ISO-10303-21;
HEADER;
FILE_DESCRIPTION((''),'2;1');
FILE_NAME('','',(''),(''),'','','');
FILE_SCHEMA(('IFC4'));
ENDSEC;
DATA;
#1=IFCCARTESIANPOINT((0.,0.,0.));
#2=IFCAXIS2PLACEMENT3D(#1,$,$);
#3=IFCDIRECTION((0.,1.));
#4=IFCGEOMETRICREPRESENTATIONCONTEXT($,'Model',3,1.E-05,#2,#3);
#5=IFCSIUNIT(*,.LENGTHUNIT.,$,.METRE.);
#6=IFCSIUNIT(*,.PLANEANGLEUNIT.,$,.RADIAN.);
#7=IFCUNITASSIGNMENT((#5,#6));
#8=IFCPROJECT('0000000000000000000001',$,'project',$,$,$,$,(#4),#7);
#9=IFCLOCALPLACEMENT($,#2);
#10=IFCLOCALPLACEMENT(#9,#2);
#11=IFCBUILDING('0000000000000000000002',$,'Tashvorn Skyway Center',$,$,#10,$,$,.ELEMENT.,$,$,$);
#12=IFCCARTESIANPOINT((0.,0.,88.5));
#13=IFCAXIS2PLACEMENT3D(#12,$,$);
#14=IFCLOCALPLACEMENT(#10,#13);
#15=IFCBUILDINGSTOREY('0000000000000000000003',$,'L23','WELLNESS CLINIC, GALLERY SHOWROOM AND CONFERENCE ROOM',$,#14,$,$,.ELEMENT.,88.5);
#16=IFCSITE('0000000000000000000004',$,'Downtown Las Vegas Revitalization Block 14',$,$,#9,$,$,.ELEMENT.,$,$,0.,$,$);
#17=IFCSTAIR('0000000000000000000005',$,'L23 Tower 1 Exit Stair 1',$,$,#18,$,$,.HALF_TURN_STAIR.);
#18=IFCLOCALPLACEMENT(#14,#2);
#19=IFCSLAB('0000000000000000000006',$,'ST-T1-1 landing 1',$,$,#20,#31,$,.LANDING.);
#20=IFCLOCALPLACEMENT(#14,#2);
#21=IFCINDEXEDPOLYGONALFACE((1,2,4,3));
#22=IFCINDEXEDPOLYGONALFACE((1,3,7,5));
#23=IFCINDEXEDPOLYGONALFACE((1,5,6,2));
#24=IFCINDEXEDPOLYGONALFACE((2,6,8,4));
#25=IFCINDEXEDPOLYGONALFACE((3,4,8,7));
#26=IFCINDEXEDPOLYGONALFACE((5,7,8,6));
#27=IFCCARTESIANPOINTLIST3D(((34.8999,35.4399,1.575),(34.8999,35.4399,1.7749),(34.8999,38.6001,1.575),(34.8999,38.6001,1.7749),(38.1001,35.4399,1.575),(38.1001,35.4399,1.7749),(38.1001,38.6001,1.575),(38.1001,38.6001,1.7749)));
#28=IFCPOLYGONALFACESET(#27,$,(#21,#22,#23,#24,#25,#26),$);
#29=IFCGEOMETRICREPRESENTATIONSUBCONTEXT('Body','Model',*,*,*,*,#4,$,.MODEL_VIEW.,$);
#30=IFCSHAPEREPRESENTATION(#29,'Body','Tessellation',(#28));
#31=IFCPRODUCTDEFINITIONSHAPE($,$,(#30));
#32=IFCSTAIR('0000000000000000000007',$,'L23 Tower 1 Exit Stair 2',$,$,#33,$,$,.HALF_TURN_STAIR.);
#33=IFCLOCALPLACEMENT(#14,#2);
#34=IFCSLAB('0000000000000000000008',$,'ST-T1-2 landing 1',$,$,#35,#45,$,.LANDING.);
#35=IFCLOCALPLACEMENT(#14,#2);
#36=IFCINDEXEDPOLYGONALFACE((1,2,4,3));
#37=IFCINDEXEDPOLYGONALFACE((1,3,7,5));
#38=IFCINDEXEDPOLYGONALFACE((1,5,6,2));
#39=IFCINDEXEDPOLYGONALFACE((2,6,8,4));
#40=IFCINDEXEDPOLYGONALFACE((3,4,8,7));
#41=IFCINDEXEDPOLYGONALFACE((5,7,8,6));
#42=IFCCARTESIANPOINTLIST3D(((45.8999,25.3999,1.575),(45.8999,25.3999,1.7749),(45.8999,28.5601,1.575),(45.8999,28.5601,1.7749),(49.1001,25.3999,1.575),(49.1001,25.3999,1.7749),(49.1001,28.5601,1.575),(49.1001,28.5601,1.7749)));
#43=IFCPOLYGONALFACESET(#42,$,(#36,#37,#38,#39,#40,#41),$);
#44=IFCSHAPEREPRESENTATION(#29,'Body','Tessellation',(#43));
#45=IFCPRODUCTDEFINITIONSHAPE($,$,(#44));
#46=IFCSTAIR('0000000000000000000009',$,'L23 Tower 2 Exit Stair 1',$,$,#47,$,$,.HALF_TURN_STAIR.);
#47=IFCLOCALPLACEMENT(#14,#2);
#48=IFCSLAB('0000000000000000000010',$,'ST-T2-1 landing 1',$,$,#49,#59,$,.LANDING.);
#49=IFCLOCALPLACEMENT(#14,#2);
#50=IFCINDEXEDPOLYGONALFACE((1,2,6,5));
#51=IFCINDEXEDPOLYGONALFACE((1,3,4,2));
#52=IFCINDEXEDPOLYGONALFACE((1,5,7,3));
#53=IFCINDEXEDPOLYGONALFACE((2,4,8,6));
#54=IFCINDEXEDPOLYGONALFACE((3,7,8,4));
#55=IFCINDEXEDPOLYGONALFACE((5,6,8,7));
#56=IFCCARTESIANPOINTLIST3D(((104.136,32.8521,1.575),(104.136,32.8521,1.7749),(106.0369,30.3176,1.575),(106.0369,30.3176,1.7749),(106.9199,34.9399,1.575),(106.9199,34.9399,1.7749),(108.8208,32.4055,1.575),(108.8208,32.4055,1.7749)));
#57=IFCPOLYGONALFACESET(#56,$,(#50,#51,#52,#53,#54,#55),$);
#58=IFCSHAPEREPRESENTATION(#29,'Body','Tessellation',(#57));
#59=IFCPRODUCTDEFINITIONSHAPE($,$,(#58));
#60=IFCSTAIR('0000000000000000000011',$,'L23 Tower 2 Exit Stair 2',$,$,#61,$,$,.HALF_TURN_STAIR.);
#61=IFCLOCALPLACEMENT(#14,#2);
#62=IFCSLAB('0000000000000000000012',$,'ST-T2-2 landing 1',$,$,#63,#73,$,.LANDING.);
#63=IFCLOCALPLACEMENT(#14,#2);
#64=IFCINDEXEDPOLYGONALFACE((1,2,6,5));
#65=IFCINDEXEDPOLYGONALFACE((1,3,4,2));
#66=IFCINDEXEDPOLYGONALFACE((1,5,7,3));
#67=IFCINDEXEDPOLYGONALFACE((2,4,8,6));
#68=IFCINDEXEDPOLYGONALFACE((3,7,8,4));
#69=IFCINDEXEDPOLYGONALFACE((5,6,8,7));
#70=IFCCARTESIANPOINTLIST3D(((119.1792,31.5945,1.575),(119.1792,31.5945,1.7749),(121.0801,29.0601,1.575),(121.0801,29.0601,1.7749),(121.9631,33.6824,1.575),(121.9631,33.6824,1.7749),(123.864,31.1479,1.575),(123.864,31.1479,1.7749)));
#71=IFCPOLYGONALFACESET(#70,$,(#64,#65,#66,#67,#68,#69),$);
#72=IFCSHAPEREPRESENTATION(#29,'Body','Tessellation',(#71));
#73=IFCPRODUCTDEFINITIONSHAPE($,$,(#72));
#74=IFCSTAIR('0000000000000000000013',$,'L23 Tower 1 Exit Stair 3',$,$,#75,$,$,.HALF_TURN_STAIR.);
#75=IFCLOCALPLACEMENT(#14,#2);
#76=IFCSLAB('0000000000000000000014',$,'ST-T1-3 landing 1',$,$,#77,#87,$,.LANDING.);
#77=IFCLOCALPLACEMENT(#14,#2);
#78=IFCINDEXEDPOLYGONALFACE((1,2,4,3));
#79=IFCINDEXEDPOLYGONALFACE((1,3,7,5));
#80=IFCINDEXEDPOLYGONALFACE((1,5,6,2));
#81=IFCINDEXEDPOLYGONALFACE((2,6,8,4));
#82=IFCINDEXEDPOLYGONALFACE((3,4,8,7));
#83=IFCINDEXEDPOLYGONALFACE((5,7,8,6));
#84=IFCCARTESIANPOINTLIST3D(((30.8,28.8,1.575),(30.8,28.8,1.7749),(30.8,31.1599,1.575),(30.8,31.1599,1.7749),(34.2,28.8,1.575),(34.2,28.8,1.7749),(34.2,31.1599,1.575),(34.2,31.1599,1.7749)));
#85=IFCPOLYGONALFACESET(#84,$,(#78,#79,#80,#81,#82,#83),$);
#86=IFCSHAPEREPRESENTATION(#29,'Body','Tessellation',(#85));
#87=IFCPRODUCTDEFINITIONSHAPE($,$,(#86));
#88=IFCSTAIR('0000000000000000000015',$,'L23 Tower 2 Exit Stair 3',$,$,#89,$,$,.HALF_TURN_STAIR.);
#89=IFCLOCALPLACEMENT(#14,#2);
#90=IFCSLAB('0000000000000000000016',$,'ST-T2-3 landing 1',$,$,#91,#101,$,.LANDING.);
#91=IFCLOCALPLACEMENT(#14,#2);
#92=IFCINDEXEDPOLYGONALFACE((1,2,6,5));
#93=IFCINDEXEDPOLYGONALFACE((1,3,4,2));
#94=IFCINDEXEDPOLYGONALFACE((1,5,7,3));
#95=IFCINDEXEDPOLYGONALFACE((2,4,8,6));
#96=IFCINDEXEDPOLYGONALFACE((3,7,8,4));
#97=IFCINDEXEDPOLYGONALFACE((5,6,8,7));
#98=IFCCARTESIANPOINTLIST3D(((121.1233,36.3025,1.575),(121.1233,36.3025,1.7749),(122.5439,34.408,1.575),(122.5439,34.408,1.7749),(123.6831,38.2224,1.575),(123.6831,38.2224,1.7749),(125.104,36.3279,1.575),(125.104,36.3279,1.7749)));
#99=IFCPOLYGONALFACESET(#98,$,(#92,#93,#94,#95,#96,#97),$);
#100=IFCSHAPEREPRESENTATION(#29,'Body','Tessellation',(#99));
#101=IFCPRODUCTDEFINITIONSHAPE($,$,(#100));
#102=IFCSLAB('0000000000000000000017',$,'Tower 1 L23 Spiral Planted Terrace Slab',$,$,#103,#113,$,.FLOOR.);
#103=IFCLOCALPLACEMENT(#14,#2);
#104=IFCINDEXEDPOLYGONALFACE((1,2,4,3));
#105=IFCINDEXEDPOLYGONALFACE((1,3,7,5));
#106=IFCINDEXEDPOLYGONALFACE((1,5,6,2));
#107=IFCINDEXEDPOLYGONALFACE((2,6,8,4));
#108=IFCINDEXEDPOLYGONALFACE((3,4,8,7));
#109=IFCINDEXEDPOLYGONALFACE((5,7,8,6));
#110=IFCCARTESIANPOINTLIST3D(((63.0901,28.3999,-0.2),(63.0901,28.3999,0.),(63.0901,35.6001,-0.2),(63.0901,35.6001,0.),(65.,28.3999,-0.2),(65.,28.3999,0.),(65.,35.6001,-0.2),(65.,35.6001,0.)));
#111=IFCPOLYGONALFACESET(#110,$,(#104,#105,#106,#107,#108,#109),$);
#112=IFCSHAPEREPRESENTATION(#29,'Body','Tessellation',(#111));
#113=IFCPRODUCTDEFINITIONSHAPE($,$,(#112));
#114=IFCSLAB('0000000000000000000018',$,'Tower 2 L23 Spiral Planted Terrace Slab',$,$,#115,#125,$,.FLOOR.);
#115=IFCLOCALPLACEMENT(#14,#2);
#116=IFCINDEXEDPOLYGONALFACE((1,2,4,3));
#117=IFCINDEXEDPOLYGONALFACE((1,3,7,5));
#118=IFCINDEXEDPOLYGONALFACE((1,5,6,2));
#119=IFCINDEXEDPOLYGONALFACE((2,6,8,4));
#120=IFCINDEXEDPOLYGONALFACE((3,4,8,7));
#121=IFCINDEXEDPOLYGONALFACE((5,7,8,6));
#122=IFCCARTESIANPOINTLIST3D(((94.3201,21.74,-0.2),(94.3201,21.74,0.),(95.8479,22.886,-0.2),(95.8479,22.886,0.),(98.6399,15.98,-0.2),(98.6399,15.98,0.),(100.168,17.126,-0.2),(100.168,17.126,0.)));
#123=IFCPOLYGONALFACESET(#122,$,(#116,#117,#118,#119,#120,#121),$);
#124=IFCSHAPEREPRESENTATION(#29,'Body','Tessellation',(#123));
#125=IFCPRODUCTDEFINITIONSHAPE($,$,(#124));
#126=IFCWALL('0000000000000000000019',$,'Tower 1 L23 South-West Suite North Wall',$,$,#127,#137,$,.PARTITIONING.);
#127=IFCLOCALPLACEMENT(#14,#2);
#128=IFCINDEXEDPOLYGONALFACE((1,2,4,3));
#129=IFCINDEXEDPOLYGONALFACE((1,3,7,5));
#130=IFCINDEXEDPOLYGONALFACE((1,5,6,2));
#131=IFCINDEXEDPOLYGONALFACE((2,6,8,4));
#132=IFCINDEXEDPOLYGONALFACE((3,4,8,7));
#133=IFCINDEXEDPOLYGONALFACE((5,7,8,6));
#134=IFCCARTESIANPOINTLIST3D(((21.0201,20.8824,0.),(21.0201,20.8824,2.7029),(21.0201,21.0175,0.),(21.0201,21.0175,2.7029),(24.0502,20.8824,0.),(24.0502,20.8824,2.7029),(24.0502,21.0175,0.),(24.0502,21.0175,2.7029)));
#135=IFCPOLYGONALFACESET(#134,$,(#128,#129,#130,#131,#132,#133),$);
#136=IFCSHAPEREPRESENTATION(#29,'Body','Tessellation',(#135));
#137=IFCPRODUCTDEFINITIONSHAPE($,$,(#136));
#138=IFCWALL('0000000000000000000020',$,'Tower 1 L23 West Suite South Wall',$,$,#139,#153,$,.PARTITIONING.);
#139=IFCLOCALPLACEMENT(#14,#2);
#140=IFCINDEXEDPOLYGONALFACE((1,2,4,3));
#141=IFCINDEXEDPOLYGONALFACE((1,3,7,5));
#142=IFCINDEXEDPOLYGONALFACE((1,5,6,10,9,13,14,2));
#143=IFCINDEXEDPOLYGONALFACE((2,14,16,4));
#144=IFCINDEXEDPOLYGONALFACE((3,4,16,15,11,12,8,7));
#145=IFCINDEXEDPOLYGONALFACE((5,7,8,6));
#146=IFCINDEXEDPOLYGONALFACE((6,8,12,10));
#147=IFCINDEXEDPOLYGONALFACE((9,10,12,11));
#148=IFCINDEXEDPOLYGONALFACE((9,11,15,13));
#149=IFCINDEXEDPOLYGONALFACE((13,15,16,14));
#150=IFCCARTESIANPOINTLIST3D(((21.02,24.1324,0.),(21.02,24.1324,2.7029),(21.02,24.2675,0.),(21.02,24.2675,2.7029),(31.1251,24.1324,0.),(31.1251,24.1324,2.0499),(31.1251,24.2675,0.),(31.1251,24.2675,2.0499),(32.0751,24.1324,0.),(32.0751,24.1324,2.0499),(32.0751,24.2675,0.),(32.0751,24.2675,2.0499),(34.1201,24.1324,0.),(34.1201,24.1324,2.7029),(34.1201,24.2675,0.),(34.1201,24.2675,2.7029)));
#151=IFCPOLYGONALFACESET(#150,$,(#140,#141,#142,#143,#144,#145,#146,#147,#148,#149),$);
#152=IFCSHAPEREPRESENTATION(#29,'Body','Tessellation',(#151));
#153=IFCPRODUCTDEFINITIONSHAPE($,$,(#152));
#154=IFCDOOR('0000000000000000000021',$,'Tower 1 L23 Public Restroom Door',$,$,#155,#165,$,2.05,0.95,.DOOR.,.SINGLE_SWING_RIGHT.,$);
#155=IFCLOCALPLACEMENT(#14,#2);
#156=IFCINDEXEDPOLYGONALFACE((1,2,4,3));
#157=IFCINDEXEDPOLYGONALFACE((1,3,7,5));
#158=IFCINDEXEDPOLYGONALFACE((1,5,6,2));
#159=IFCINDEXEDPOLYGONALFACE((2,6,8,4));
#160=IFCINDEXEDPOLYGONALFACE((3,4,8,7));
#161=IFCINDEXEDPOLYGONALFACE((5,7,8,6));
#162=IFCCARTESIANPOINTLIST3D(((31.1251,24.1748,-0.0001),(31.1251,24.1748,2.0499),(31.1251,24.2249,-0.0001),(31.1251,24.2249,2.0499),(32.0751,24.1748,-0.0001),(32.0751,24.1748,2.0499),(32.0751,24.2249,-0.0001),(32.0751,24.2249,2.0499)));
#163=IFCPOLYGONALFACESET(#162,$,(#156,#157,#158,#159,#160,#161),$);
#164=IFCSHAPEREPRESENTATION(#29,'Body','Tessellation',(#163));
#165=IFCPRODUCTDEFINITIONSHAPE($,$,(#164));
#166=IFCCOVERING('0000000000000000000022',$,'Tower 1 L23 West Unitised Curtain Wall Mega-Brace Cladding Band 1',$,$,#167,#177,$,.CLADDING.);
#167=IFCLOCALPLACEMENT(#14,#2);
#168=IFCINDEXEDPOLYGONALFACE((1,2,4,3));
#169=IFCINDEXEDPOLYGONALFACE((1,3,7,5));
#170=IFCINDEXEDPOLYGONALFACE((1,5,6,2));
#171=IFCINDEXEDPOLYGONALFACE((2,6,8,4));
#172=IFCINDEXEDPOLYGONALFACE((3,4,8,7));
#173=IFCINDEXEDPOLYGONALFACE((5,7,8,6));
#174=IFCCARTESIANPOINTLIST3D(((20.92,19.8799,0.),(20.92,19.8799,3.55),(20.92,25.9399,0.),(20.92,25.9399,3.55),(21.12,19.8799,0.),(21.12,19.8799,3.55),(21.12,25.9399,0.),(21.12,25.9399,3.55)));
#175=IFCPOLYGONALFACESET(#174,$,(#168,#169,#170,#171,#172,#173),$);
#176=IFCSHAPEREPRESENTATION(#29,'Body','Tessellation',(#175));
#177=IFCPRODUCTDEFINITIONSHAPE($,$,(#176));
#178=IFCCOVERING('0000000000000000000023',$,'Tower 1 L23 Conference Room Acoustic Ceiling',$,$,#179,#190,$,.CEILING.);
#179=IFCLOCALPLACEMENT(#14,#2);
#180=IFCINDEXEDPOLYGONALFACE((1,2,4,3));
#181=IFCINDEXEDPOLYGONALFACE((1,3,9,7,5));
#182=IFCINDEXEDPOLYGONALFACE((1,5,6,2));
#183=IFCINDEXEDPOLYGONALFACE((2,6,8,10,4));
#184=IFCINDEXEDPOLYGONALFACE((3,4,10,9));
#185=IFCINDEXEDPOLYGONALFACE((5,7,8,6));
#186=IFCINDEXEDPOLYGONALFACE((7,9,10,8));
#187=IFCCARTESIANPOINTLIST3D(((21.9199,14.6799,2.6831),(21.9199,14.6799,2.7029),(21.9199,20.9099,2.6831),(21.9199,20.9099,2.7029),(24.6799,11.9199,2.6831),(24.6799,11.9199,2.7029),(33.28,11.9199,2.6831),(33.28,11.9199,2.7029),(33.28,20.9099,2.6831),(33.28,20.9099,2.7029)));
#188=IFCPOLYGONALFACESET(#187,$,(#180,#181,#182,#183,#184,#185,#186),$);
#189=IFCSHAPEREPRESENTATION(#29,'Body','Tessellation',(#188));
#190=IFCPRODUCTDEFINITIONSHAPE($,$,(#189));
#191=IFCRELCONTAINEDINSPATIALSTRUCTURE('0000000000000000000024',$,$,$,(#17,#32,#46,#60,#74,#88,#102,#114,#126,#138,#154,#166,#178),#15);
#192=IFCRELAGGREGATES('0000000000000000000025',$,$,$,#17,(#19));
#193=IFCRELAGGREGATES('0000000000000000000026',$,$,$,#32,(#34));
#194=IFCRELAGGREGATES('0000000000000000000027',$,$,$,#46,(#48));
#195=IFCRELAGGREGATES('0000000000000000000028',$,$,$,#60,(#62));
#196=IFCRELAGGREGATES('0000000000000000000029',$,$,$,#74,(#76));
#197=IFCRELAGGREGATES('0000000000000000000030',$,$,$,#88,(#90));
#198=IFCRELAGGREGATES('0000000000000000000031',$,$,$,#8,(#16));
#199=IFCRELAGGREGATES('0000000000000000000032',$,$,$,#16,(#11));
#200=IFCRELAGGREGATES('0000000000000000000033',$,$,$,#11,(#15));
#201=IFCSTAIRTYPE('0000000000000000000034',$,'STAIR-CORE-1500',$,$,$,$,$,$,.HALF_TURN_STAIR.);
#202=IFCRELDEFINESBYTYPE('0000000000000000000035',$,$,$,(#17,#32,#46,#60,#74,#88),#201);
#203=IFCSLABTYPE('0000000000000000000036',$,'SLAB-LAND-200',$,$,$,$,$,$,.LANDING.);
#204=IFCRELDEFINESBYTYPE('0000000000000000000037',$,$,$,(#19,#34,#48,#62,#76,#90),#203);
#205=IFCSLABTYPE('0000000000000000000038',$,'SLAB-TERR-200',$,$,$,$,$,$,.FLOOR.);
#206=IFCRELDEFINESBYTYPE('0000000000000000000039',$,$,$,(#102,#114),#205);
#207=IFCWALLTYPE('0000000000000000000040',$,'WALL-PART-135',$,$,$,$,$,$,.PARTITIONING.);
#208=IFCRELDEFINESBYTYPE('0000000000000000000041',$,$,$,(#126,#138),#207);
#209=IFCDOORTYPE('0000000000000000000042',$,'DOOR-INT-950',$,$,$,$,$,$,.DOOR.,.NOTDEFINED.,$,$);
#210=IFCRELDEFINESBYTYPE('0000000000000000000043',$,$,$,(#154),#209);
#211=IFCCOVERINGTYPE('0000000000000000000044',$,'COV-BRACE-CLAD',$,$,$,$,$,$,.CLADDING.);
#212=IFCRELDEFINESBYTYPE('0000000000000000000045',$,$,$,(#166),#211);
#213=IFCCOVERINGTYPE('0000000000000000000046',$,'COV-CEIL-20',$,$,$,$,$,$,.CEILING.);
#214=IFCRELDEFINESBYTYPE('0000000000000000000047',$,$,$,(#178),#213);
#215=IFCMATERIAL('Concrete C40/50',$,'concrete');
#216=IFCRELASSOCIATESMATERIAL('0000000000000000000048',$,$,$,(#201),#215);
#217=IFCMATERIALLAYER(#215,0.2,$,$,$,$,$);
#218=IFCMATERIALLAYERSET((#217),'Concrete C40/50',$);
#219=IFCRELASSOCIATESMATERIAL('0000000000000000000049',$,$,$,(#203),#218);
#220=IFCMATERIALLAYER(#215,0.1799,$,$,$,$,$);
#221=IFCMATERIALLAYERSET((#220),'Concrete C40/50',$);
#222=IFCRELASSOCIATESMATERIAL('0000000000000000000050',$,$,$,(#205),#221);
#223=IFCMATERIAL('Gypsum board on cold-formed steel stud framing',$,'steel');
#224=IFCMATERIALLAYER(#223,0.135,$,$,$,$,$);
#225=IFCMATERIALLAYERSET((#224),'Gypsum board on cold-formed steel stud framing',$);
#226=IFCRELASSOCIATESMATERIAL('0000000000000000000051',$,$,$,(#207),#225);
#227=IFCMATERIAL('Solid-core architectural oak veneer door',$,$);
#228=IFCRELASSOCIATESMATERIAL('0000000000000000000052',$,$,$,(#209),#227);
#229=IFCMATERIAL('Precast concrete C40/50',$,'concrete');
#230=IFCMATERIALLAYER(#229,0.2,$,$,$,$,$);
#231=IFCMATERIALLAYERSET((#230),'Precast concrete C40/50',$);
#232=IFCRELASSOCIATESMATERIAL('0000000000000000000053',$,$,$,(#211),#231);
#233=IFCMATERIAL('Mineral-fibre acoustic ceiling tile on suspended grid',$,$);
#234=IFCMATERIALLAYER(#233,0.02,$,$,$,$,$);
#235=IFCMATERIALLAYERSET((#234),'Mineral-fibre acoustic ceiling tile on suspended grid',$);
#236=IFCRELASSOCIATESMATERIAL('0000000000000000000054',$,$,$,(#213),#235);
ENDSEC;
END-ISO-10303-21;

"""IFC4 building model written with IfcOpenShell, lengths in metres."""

from ifc_helpers import new_model, si_unit, direction, frame, frame_2d, origin, origin_2d, place, context, subcontext, project, spatial, polyline, rectangle, outline, extrude, material, layer, layer_set, type_object, element, fill, aggregate, save


model = new_model("IFC4")

# Units and contexts
model_context = context("Model", 3, precision=1e-05, world=origin(), true_north=direction((0.0, 1.0)))
body_context = subcontext(model_context, "Body", "Model", "MODEL_VIEW")
ifc_project = project(units=[si_unit("LENGTHUNIT", "METRE"), si_unit("PLANEANGLEUNIT", "RADIAN")], contexts=[model_context])

# Site, building, storey
site_placement = place(None, origin())
site = spatial("IfcSite", under=ifc_project, at=site_placement, Name="Downtown Las Vegas Revitalization Block 14", CompositionType="ELEMENT", RefElevation=0.0)
building_placement = place(site_placement, origin())
building = spatial("IfcBuilding", under=site, at=building_placement, Name="Tashvorn Skyway Center", CompositionType="ELEMENT")
storey_placement = place(building_placement, frame((0.0, 0.0, 88.5)))
storey = spatial("IfcBuildingStorey", under=building, at=storey_placement, Name="L23", Description="WELLNESS CLINIC, GALLERY SHOWROOM AND CONFERENCE ROOM", CompositionType="ELEMENT", Elevation=88.5)

# Shared definitions
ifc_material_1 = material(Name="Concrete C40/50", Category="concrete")

# Stairs, slabs
stair_type = type_object("IfcStairType", Name="STAIR-CORE-1500", PredefinedType="HALF_TURN_STAIR", material=ifc_material_1)
stair_1_placement = place(storey_placement, origin())
stair_1 = element("IfcStair", 1, at=stair_1_placement, inside=storey, type_object=stair_type, Name="L23 Tower 1 Exit Stair 1", PredefinedType="HALF_TURN_STAIR")
ifc_layer_1 = layer(ifc_material_1, 0.2)
ifc_layer_set_1 = layer_set([ifc_layer_1], Name="Concrete C40/50")
slab_type_1 = type_object("IfcSlabType", Name="SLAB-LAND-200", PredefinedType="LANDING", material=ifc_layer_set_1)
slab_1_placement = place(storey_placement, frame((0.0, 0.0, 1.575)))
slab_1 = element("IfcSlab", 2, at=slab_1_placement, type_object=slab_type_1, Name="ST-T1-1 landing 1", PredefinedType="LANDING", context=body_context, shape_type="SweptSolid", body=[
    extrude(outline(polyline([(38.1001, 35.4399), (38.1001, 38.6001), (34.8999, 38.6001), (34.8999, 35.4399), (38.1001, 35.4399)])), origin(), (0.0, 0.0, 1.0), 0.2),
])
aggregate(stair_1, [slab_1])
stair_2_placement = place(storey_placement, origin())
stair_2 = element("IfcStair", 3, at=stair_2_placement, inside=storey, type_object=stair_type, Name="L23 Tower 1 Exit Stair 2", PredefinedType="HALF_TURN_STAIR")
slab_2_placement = place(storey_placement, frame((0.0, 0.0, 1.575)))
slab_2 = element("IfcSlab", 4, at=slab_2_placement, type_object=slab_type_1, Name="ST-T1-2 landing 1", PredefinedType="LANDING", context=body_context, shape_type="SweptSolid", body=[
    extrude(outline(polyline([(45.8999, 28.5601), (45.8999, 25.3999), (49.1001, 25.3999), (49.1001, 28.5601), (45.8999, 28.5601)])), origin(), (0.0, 0.0, 1.0), 0.2),
])
aggregate(stair_2, [slab_2])
stair_3_placement = place(storey_placement, origin())
stair_3 = element("IfcStair", 5, at=stair_3_placement, inside=storey, type_object=stair_type, Name="L23 Tower 2 Exit Stair 1", PredefinedType="HALF_TURN_STAIR")
slab_3_placement = place(storey_placement, frame((0.0, 0.0, 1.575)))
slab_3 = element("IfcSlab", 6, at=slab_3_placement, type_object=slab_type_1, Name="ST-T2-1 landing 1", PredefinedType="LANDING", context=body_context, shape_type="SweptSolid", body=[
    extrude(outline(polyline([(108.8208, 32.4055), (106.9199, 34.9399), (104.136, 32.8521), (106.0369, 30.3176), (108.8208, 32.4055)])), origin(), (0.0, 0.0, 1.0), 0.2),
])
aggregate(stair_3, [slab_3])
stair_4_placement = place(storey_placement, origin())
stair_4 = element("IfcStair", 7, at=stair_4_placement, inside=storey, type_object=stair_type, Name="L23 Tower 2 Exit Stair 2", PredefinedType="HALF_TURN_STAIR")
slab_4_placement = place(storey_placement, frame((0.0, 0.0, 1.575)))
slab_4 = element("IfcSlab", 8, at=slab_4_placement, type_object=slab_type_1, Name="ST-T2-2 landing 1", PredefinedType="LANDING", context=body_context, shape_type="SweptSolid", body=[
    extrude(outline(polyline([(119.1792, 31.5945), (121.0801, 29.0601), (123.864, 31.1479), (121.9631, 33.6824), (119.1792, 31.5945)])), origin(), (0.0, 0.0, 1.0), 0.2),
])
aggregate(stair_4, [slab_4])
stair_5_placement = place(storey_placement, origin())
stair_5 = element("IfcStair", 9, at=stair_5_placement, inside=storey, type_object=stair_type, Name="L23 Tower 1 Exit Stair 3", PredefinedType="HALF_TURN_STAIR")
slab_5_placement = place(storey_placement, frame((0.0, 0.0, 1.575)))
slab_5 = element("IfcSlab", 10, at=slab_5_placement, type_object=slab_type_1, Name="ST-T1-3 landing 1", PredefinedType="LANDING", context=body_context, shape_type="SweptSolid", body=[
    extrude(outline(polyline([(30.8, 31.1599), (30.8, 28.8), (34.2, 28.8), (34.2, 31.1599), (30.8, 31.1599)])), origin(), (0.0, 0.0, 1.0), 0.2),
])
aggregate(stair_5, [slab_5])
stair_6_placement = place(storey_placement, origin())
stair_6 = element("IfcStair", 11, at=stair_6_placement, inside=storey, type_object=stair_type, Name="L23 Tower 2 Exit Stair 3", PredefinedType="HALF_TURN_STAIR")
slab_6_placement = place(storey_placement, frame((0.0, 0.0, 1.575)))
slab_6 = element("IfcSlab", 12, at=slab_6_placement, type_object=slab_type_1, Name="ST-T2-3 landing 1", PredefinedType="LANDING", context=body_context, shape_type="SweptSolid", body=[
    extrude(outline(polyline([(121.1233, 36.3025), (122.5439, 34.408), (125.104, 36.3279), (123.6831, 38.2224), (121.1233, 36.3025)])), origin(), (0.0, 0.0, 1.0), 0.2),
])
aggregate(stair_6, [slab_6])

# Slabs
ifc_layer_2 = layer(ifc_material_1, 0.1799)
ifc_layer_set_2 = layer_set([ifc_layer_2], Name="Concrete C40/50")
slab_type_2 = type_object("IfcSlabType", Name="SLAB-TERR-200", PredefinedType="FLOOR", material=ifc_layer_set_2)
slab_7_placement = place(storey_placement, frame((0.0, 0.0, -0.2)))
element("IfcSlab", 13, at=slab_7_placement, inside=storey, type_object=slab_type_2, Name="Tower 1 L23 Spiral Planted Terrace Slab", PredefinedType="FLOOR", context=body_context, shape_type="SweptSolid", body=[
    extrude(outline(polyline([(63.0901, 28.3999), (65.0, 28.3999), (65.0, 35.6001), (63.0901, 35.6001), (63.0901, 28.3999)])), origin(), (0.0, 0.0, 1.0), 0.2),
])
slab_8_placement = place(storey_placement, frame((0.0, 0.0, -0.2)))
element("IfcSlab", 14, at=slab_8_placement, inside=storey, type_object=slab_type_2, Name="Tower 2 L23 Spiral Planted Terrace Slab", PredefinedType="FLOOR", context=body_context, shape_type="SweptSolid", body=[
    extrude(outline(polyline([(98.6399, 15.98), (100.168, 17.126), (95.8479, 22.886), (94.3201, 21.74), (98.6399, 15.98)])), origin(), (0.0, 0.0, 1.0), 0.2),
])

# Wall
ifc_material_2 = material(Name="Gypsum board on cold-formed steel stud framing", Category="steel")
ifc_layer_3 = layer(ifc_material_2, 0.135)
ifc_layer_set_3 = layer_set([ifc_layer_3], Name="Gypsum board on cold-formed steel stud framing")
wall_type = type_object("IfcWallType", Name="WALL-PART-135", PredefinedType="PARTITIONING", material=ifc_layer_set_3)
wall_1_placement = place(storey_placement, frame((21.02, 20.95, 0.0), z_axis=(0.0, 0.0, 1.0), x_axis=(1.0, 0.0, 0.0)))
element("IfcWall", 15, at=wall_1_placement, inside=storey, type_object=wall_type, Name="Tower 1 L23 South-West Suite North Wall", PredefinedType="PARTITIONING", context=body_context, shape_type="SweptSolid", body=[
    extrude(rectangle(XDim=3.03, YDim=0.135, at=frame_2d((1.5151, 0.0))), origin(), (0.0, 0.0, 1.0), 2.7029),
])

# Wall, opening, door
wall_2_placement = place(storey_placement, frame((21.02, 24.2, 0.0), z_axis=(0.0, 0.0, 1.0), x_axis=(1.0, 0.0, 0.0)))
wall_2 = element("IfcWall", 16, at=wall_2_placement, inside=storey, type_object=wall_type, Name="Tower 1 L23 West Suite South Wall", PredefinedType="PARTITIONING", context=body_context, shape_type="SweptSolid", body=[
    extrude(rectangle(XDim=13.1001, YDim=0.135, at=frame_2d((6.55, 0.0))), origin(), (0.0, 0.0, 1.0), 2.7029),
])
opening_placement = place(wall_2_placement, frame((10.105, 0.0, 0.0)))
opening = element("IfcOpeningElement", 17, at=opening_placement, cuts=wall_2, PredefinedType="OPENING", context=body_context, shape_type="SweptSolid", body=[
    extrude(rectangle(XDim=0.95, YDim=2.05, at=frame_2d((0.4751, 1.0249))), frame((0.0, 0.0774, 0.0), z_axis=(0.0, -1.0, 0.0), x_axis=(1.0, 0.0, 0.0)), (0.0, 0.0, 1.0), 0.155),
])
ifc_material_3 = material(Name="Solid-core architectural oak veneer door")
door_type = type_object("IfcDoorType", Name="DOOR-INT-950", OperationType="NOTDEFINED", PredefinedType="DOOR", material=ifc_material_3)
door_placement = place(opening_placement, origin())
door = element("IfcDoor", 18, at=door_placement, inside=storey, type_object=door_type, Name="Tower 1 L23 Public Restroom Door", OperationType="SINGLE_SWING_RIGHT", OverallHeight=2.05, OverallWidth=0.95, PredefinedType="DOOR", context=body_context, shape_type="SweptSolid", body=[
    extrude(rectangle(XDim=0.95, YDim=2.05, at=frame_2d((0.4751, 1.0249))), frame((0.0, 0.0249, 0.0), z_axis=(0.0, -1.0, 0.0), x_axis=(1.0, 0.0, 0.0)), (0.0, 0.0, 1.0), 0.05),
])
fill(opening, door)

# Coverings
ifc_material_4 = material(Name="Precast concrete C40/50", Category="concrete")
ifc_layer_4 = layer(ifc_material_4, 0.2)
ifc_layer_set_4 = layer_set([ifc_layer_4], Name="Precast concrete C40/50")
covering_type_1 = type_object("IfcCoveringType", Name="COV-BRACE-CLAD", PredefinedType="CLADDING", material=ifc_layer_set_4)
covering_1_placement = place(storey_placement, frame((21.02, 22.9099, 0.0), z_axis=(0.0, 0.0, 1.0), x_axis=(0.0, 1.0, 0.0)))
element("IfcCovering", 19, at=covering_1_placement, inside=storey, type_object=covering_type_1, Name="Tower 1 L23 West Unitised Curtain Wall Mega-Brace Cladding Band 1", PredefinedType="CLADDING", context=body_context, shape_type="SweptSolid", body=[
    extrude(rectangle(XDim=6.0601, YDim=0.2, at=origin_2d()), origin(), (0.0, 0.0, 1.0), 3.55),
])
ifc_material_5 = material(Name="Mineral-fibre acoustic ceiling tile on suspended grid")
ifc_layer_5 = layer(ifc_material_5, 0.02)
ifc_layer_set_5 = layer_set([ifc_layer_5], Name="Mineral-fibre acoustic ceiling tile on suspended grid")
covering_type_2 = type_object("IfcCoveringType", Name="COV-CEIL-20", PredefinedType="CEILING", material=ifc_layer_set_5)
covering_2_placement = place(storey_placement, frame((0.0, 0.0, 2.6831)))
element("IfcCovering", 20, at=covering_2_placement, inside=storey, type_object=covering_type_2, Name="Tower 1 L23 Conference Room Acoustic Ceiling", PredefinedType="CEILING", context=body_context, shape_type="SweptSolid", body=[
    extrude(outline(polyline([(21.9199, 20.9099), (33.28, 20.9099), (33.28, 11.9199), (24.6799, 11.9199), (21.9199, 14.6799), (21.9199, 20.9099)])), origin(), (0.0, 0.0, 1.0), 0.0198),
])

save(model, "model.ifc")
